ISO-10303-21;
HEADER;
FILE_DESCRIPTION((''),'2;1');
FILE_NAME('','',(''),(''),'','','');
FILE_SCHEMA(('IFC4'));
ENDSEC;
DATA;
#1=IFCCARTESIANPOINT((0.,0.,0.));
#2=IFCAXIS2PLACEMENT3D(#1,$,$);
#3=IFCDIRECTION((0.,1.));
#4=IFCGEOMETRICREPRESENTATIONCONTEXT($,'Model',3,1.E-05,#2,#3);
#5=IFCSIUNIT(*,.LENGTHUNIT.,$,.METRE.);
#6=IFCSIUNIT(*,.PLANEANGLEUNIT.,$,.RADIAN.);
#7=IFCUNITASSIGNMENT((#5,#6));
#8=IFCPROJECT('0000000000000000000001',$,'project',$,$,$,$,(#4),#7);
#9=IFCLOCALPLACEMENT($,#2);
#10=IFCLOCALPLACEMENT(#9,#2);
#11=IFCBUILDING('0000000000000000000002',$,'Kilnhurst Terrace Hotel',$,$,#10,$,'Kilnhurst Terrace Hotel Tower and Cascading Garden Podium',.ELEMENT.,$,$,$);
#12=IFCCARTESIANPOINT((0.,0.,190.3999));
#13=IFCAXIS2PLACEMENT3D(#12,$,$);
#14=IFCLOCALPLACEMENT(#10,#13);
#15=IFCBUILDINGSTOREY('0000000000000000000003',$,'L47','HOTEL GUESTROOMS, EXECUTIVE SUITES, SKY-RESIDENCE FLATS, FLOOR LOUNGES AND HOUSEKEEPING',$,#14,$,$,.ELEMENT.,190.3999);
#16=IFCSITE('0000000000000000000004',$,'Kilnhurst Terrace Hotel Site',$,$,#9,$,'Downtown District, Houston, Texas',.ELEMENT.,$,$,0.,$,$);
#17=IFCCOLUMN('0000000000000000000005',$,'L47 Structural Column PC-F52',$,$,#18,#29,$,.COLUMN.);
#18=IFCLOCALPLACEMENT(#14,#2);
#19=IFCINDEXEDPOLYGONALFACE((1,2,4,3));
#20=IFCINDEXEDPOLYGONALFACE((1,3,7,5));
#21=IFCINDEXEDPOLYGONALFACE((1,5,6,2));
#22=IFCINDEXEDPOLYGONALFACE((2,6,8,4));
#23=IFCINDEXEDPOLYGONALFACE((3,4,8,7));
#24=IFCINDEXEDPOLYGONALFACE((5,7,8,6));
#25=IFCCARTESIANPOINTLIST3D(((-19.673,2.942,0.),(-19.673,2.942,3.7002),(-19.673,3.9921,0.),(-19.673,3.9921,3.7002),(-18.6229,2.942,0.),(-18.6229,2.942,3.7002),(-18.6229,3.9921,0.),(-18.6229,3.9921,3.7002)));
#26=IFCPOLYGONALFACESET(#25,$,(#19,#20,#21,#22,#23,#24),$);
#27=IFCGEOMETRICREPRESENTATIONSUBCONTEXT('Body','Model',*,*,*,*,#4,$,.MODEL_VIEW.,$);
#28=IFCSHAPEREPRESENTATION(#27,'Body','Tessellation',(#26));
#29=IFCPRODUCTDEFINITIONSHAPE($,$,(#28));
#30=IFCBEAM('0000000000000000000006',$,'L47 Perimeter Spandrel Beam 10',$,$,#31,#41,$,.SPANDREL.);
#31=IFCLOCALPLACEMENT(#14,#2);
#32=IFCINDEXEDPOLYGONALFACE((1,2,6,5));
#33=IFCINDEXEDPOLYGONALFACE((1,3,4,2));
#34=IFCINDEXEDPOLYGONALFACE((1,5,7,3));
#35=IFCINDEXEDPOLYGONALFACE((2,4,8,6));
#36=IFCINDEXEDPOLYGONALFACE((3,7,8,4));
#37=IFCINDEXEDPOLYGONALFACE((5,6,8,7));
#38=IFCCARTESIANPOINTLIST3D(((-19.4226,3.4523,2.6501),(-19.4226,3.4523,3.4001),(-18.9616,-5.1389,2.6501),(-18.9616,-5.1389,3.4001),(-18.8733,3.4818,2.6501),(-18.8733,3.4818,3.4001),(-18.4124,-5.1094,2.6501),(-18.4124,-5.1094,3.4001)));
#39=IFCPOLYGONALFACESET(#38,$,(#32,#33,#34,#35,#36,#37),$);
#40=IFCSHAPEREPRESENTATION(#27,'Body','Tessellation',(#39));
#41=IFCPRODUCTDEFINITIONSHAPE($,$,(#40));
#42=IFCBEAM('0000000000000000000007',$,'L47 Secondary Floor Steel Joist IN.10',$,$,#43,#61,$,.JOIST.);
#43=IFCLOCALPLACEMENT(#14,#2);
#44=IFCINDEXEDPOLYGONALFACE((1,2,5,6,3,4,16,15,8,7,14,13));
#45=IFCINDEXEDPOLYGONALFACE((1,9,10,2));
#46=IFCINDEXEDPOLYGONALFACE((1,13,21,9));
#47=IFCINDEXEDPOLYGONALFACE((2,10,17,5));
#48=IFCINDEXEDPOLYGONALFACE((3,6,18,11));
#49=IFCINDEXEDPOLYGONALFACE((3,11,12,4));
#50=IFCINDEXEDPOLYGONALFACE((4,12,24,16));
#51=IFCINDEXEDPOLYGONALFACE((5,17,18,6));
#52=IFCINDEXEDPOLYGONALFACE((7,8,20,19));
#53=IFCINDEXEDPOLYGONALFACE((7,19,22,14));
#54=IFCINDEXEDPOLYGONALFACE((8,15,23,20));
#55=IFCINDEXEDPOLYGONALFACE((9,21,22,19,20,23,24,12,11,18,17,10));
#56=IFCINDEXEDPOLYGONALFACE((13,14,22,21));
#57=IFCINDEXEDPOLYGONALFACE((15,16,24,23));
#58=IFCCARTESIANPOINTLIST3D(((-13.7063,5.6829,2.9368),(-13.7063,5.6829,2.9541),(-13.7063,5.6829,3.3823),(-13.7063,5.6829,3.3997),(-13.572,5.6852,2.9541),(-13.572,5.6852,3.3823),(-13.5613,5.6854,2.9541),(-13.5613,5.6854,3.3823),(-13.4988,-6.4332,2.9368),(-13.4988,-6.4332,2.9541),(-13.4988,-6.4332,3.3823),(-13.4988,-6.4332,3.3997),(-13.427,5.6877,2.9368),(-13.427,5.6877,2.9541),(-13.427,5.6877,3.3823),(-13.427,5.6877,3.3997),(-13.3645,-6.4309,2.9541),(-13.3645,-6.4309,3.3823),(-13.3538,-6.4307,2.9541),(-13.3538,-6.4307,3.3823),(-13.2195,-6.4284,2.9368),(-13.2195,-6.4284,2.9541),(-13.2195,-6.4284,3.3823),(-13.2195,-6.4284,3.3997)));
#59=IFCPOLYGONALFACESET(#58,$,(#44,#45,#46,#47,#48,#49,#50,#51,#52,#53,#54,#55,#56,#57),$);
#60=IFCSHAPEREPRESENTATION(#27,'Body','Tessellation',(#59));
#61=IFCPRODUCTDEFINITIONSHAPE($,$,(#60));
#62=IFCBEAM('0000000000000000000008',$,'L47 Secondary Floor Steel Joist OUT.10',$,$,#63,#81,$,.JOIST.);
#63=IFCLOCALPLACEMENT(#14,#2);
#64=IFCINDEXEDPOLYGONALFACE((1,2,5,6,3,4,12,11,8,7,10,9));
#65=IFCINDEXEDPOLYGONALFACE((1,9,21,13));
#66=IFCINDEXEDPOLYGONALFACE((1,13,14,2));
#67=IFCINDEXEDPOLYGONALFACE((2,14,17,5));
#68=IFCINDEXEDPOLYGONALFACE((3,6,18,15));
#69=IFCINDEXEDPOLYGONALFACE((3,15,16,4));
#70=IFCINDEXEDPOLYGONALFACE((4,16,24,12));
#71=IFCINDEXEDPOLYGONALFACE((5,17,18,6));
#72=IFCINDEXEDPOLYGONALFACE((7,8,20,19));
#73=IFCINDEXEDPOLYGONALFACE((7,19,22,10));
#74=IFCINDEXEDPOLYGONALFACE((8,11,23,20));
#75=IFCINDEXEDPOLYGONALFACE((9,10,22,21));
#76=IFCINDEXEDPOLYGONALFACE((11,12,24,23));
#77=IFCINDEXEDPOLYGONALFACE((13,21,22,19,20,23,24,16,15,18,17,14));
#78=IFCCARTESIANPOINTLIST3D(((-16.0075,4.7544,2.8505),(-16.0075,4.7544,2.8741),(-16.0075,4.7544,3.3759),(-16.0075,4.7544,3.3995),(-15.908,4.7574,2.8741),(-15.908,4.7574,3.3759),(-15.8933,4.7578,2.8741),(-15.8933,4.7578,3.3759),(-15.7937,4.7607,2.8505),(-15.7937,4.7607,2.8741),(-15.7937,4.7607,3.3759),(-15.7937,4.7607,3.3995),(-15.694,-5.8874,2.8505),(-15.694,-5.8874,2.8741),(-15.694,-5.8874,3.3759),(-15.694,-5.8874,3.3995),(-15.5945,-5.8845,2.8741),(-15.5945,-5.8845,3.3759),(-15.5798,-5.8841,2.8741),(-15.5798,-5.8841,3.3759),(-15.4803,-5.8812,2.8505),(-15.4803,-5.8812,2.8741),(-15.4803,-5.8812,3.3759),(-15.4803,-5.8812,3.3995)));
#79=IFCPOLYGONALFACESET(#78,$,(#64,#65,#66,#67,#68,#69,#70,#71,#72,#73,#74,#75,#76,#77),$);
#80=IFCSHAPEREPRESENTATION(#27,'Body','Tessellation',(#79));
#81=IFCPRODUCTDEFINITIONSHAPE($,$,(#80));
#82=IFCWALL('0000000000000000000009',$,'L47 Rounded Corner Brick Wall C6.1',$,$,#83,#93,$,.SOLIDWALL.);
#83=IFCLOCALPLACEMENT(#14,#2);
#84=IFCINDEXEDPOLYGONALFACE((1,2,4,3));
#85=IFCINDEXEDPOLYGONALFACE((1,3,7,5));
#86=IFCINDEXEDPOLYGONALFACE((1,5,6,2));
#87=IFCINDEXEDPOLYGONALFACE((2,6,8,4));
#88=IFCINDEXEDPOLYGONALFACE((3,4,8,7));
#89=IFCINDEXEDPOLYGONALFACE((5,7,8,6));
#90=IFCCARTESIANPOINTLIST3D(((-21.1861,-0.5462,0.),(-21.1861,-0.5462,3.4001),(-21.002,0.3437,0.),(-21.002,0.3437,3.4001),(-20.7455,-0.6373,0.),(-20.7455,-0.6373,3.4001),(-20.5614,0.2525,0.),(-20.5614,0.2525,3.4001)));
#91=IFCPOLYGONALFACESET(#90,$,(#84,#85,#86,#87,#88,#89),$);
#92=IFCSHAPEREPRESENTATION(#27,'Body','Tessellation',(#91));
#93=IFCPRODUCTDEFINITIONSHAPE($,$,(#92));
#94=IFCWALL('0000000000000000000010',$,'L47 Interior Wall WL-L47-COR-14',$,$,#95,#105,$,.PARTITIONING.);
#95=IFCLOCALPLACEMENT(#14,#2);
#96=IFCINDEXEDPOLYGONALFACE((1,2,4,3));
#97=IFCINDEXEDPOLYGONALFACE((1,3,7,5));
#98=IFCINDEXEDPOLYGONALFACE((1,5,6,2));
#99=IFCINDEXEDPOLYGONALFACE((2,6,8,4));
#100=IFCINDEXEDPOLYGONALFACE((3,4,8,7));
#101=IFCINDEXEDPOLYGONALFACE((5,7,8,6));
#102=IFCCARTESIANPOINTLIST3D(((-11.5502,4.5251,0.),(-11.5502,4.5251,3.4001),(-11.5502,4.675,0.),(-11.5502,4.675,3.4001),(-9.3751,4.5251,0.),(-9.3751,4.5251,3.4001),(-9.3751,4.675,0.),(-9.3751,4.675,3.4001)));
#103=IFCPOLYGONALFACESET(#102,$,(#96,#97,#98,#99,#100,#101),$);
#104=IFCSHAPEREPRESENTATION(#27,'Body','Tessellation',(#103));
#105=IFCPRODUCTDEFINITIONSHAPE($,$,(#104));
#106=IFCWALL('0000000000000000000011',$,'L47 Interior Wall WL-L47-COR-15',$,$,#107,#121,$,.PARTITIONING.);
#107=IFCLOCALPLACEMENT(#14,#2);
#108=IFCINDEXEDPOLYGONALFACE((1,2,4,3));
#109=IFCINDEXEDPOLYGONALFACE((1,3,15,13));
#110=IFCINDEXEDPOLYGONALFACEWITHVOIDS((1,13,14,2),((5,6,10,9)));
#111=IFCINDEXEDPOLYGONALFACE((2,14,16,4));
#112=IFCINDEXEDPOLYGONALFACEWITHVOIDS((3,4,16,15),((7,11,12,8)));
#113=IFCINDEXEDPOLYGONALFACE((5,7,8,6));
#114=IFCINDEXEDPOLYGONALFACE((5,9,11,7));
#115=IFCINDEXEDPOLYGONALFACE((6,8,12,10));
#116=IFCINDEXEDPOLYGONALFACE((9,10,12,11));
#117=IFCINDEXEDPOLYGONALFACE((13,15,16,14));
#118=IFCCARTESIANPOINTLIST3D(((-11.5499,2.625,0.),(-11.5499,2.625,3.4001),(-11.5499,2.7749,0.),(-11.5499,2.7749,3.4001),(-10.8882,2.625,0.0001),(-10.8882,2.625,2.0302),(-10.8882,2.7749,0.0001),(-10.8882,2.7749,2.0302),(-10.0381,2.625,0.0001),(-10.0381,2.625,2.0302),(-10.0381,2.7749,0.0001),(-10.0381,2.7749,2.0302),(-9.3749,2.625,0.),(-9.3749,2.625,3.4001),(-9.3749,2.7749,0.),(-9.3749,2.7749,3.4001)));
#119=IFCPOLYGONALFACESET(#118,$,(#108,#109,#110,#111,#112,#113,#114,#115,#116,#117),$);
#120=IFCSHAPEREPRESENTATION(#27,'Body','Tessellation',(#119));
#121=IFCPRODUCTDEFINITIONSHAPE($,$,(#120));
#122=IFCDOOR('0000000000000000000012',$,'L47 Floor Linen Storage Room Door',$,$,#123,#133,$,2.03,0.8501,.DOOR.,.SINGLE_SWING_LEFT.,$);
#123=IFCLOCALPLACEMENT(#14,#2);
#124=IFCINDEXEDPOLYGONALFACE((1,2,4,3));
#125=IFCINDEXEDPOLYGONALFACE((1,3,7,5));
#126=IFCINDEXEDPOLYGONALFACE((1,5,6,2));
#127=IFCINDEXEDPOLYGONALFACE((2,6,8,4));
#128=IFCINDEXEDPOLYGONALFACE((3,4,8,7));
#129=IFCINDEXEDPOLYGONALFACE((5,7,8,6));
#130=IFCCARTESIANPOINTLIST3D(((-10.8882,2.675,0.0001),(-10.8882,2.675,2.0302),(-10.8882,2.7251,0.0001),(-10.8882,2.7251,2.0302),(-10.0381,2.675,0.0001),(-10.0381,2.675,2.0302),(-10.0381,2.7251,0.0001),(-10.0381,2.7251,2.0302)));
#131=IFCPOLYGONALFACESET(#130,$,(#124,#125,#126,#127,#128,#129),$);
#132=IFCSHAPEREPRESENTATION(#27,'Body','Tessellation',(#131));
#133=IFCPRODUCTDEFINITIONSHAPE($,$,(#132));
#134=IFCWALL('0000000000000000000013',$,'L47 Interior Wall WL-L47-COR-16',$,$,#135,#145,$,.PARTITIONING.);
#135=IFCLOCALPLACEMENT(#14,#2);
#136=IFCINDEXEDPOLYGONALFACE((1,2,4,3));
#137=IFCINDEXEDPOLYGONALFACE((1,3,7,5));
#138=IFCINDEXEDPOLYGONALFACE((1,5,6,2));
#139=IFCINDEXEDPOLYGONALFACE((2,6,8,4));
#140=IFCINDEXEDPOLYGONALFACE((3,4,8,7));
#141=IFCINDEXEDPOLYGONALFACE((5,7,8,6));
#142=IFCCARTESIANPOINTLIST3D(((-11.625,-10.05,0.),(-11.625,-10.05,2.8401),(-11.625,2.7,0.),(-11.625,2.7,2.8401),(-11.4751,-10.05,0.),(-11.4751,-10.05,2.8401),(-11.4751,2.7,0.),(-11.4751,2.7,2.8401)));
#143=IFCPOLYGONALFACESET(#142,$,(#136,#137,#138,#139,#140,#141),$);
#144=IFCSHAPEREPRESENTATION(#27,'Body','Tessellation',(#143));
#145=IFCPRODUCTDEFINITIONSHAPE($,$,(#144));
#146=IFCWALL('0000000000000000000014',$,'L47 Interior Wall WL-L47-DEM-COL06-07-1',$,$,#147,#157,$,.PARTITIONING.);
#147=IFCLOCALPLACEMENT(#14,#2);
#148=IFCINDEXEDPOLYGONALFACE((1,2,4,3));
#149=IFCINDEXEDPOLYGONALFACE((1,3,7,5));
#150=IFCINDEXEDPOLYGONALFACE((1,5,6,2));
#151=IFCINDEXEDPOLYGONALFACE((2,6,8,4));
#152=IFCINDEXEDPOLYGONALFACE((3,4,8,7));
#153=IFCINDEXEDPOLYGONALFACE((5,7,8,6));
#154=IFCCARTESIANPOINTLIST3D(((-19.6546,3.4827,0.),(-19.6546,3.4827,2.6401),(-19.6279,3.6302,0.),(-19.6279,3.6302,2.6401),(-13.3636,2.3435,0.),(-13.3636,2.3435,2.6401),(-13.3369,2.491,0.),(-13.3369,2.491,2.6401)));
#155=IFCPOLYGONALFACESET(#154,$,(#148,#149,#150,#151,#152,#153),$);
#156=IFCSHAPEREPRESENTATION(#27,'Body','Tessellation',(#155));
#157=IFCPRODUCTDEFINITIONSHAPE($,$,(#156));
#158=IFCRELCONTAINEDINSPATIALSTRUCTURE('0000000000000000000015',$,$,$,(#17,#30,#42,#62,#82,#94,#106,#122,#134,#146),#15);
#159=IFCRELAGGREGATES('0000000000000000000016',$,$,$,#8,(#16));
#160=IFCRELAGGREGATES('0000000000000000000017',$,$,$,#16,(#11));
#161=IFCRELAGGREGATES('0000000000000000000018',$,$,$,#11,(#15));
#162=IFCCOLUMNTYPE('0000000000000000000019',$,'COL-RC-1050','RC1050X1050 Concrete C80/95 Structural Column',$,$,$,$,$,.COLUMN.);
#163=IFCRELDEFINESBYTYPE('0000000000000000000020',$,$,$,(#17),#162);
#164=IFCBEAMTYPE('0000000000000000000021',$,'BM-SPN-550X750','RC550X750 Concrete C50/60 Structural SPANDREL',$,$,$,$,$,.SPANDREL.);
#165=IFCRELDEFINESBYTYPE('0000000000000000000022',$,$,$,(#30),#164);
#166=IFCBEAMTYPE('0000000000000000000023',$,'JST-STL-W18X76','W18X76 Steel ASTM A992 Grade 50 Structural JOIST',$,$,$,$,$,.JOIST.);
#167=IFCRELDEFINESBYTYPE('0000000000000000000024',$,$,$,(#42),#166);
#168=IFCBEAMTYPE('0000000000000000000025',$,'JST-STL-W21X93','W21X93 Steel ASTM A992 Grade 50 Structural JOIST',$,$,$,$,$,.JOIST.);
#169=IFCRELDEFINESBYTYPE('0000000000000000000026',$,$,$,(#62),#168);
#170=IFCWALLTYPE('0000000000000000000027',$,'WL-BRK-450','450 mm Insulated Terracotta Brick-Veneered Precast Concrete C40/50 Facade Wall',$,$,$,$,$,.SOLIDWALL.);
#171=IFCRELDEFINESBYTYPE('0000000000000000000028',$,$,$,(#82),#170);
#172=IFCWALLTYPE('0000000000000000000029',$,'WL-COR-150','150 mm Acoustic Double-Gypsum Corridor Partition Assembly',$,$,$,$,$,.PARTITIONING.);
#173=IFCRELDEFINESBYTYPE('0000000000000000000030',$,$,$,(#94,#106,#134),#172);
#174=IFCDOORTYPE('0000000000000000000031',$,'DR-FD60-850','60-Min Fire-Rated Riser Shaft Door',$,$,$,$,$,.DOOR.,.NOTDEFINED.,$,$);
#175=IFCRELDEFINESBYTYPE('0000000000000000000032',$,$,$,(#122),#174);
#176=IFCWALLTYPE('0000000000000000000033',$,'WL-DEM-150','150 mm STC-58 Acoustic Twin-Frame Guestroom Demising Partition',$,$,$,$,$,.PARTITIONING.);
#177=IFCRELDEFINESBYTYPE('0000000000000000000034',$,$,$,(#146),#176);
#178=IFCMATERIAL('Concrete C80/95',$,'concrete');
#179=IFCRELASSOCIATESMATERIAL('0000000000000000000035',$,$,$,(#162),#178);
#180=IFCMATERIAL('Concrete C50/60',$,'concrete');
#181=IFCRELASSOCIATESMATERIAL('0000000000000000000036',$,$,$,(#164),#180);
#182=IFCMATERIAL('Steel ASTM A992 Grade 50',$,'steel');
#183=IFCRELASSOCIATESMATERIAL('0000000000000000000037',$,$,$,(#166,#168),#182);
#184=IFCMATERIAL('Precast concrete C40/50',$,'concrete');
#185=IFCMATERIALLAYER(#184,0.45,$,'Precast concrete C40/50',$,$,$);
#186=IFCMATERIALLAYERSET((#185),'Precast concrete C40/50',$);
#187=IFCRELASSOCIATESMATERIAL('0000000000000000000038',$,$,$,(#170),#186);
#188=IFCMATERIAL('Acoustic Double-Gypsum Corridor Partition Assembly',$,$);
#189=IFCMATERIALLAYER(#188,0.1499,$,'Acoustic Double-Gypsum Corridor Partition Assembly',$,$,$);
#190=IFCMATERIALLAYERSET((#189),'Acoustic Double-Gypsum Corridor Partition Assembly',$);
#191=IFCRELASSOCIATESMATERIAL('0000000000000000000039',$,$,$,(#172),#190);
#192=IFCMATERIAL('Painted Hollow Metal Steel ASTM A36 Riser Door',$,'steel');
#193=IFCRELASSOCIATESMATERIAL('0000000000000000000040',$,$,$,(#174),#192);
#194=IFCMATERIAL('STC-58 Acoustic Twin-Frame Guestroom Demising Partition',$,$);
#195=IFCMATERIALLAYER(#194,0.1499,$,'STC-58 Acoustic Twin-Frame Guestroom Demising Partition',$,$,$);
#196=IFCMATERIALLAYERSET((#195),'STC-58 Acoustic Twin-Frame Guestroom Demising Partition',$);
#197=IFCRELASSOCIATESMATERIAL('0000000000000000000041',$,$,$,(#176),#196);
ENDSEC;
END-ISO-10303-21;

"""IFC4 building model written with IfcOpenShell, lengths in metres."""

from ifc_helpers import new_model, si_unit, direction, frame, frame_2d, origin, origin_2d, place, context, subcontext, project, spatial, rectangle, i_section, extrude, material, layer, layer_set, material_profile, profile_set, type_object, element, fill, save


model = new_model("IFC4")

# Units and contexts
model_context = context("Model", 3, precision=1e-05, world=origin(), true_north=direction((0.0, 1.0)))
body_context = subcontext(model_context, "Body", "Model", "MODEL_VIEW")
ifc_project = project(units=[si_unit("LENGTHUNIT", "METRE"), si_unit("PLANEANGLEUNIT", "RADIAN")], contexts=[model_context])

# Site, building, storey
site_placement = place(None, origin())
site = spatial("IfcSite", under=ifc_project, at=site_placement, Name="Kilnhurst Terrace Hotel Site", LongName="Downtown District, Houston, Texas", CompositionType="ELEMENT", RefElevation=0.0)
building_placement = place(site_placement, origin())
building = spatial("IfcBuilding", under=site, at=building_placement, Name="Kilnhurst Terrace Hotel", LongName="Kilnhurst Terrace Hotel Tower and Cascading Garden Podium", CompositionType="ELEMENT")
storey_placement = place(building_placement, frame((0.0, 0.0, 190.3999)))
storey = spatial("IfcBuildingStorey", under=building, at=storey_placement, Name="L47", Description="HOTEL GUESTROOMS, EXECUTIVE SUITES, SKY-RESIDENCE FLATS, FLOOR LOUNGES AND HOUSEKEEPING", CompositionType="ELEMENT", Elevation=190.3999)

# Column
ifc_material_1 = material(Name="Concrete C80/95", Category="concrete")
ifc_material_profile_1 = material_profile(ifc_material_1, rectangle(XDim=1.05, YDim=1.05, at=origin_2d()), Name="RC1050X1050")
ifc_profile_set_1 = profile_set([ifc_material_profile_1], Name="Concrete C80/95")
column_type = type_object("IfcColumnType", Name="COL-RC-1050", Description="RC1050X1050 Concrete C80/95 Structural Column", PredefinedType="COLUMN", material=ifc_profile_set_1)
column_placement = place(storey_placement, frame((-19.1479, 3.467, 0.0), z_axis=(0.0, 0.0, 1.0), x_axis=(1.0, 0.0, 0.0)))
element("IfcColumn", 1, at=column_placement, inside=storey, type_object=column_type, Name="L47 Structural Column PC-F52", PredefinedType="COLUMN", context=body_context, shape_type="SweptSolid", body=[
    extrude(rectangle(XDim=1.05, YDim=1.05, at=origin_2d()), origin(), (0.0, 0.0, 1.0), 3.7002),
])

# Beams
ifc_material_2 = material(Name="Concrete C50/60", Category="concrete")
ifc_material_profile_2 = material_profile(ifc_material_2, rectangle(XDim=0.55, YDim=0.75, at=origin_2d()), Name="RC550X750")
ifc_profile_set_2 = profile_set([ifc_material_profile_2], Name="Concrete C50/60")
beam_type_1 = type_object("IfcBeamType", Name="BM-SPN-550X750", Description="RC550X750 Concrete C50/60 Structural SPANDREL", PredefinedType="SPANDREL", material=ifc_profile_set_2)
beam_1_placement = place(storey_placement, frame((-19.1479, 3.467, 3.0251), z_axis=(0.053576, -0.998564, 0.0), x_axis=(0.998564, 0.053576, 0.0)))
element("IfcBeam", 2, at=beam_1_placement, inside=storey, type_object=beam_type_1, Name="L47 Perimeter Spandrel Beam 10", PredefinedType="SPANDREL", context=body_context, shape_type="SweptSolid", body=[
    extrude(rectangle(XDim=0.55, YDim=0.75, at=origin_2d()), origin(), (0.0, 0.0, 1.0), 8.6035),
])
ifc_material_3 = material(Name="Steel ASTM A992 Grade 50", Category="steel")
ifc_material_profile_3 = material_profile(ifc_material_3, i_section(OverallWidth=0.2793, OverallDepth=0.4629, WebThickness=0.0107, FlangeThickness=0.0173, at=origin_2d()), Name="W18X76")
ifc_profile_set_3 = profile_set([ifc_material_profile_3], Name="Steel ASTM A992 Grade 50")
beam_type_2 = type_object("IfcBeamType", Name="JST-STL-W18X76", Description="W18X76 Steel ASTM A992 Grade 50 Structural JOIST", PredefinedType="JOIST", material=ifc_profile_set_3)
beam_2_placement = place(storey_placement, frame((-13.5667, 5.6853, 3.1682), z_axis=(0.017125, -0.999853, 0.0), x_axis=(0.999853, 0.017125, 0.0)))
element("IfcBeam", 3, at=beam_2_placement, inside=storey, type_object=beam_type_2, Name="L47 Secondary Floor Steel Joist IN.10", PredefinedType="JOIST", context=body_context, shape_type="SweptSolid", body=[
    extrude(i_section(OverallWidth=0.2793, OverallDepth=0.4629, WebThickness=0.0107, FlangeThickness=0.0173, at=origin_2d()), origin(), (0.0, 0.0, 1.0), 12.1179),
])
ifc_material_profile_4 = material_profile(ifc_material_3, i_section(OverallWidth=0.2139, OverallDepth=0.5491, WebThickness=0.0146, FlangeThickness=0.0237, at=origin_2d()), Name="W21X93")
ifc_profile_set_4 = profile_set([ifc_material_profile_4], Name="Steel ASTM A992 Grade 50")
beam_type_3 = type_object("IfcBeamType", Name="JST-STL-W21X93", Description="W21X93 Steel ASTM A992 Grade 50 Structural JOIST", PredefinedType="JOIST", material=ifc_profile_set_4)
beam_3_placement = place(storey_placement, frame((-15.9006, 4.7576, 3.125), z_axis=(0.029444, -0.999566, 0.0), x_axis=(0.999566, 0.029444, 0.0)))
element("IfcBeam", 4, at=beam_3_placement, inside=storey, type_object=beam_type_3, Name="L47 Secondary Floor Steel Joist OUT.10", PredefinedType="JOIST", context=body_context, shape_type="SweptSolid", body=[
    extrude(i_section(OverallWidth=0.2139, OverallDepth=0.5491, WebThickness=0.0146, FlangeThickness=0.0237, at=origin_2d()), origin(), (0.0, 0.0, 1.0), 10.6465),
])

# Walls
ifc_material_4 = material(Name="Precast concrete C40/50", Category="concrete")
ifc_layer_1 = layer(ifc_material_4, 0.45, Name="Precast concrete C40/50")
ifc_layer_set_1 = layer_set([ifc_layer_1], Name="Precast concrete C40/50")
wall_type_1 = type_object("IfcWallType", Name="WL-BRK-450", Description="450 mm Insulated Terracotta Brick-Veneered Precast Concrete C40/50 Facade Wall", PredefinedType="SOLIDWALL", material=ifc_layer_set_1)
wall_1_placement = place(storey_placement, frame((-20.7817, 0.2981, 0.0), z_axis=(0.0, 0.0, 1.0), x_axis=(-0.20257, -0.979268, 0.0)))
element("IfcWall", 5, at=wall_1_placement, inside=storey, type_object=wall_type_1, Name="L47 Rounded Corner Brick Wall C6.1", PredefinedType="SOLIDWALL", context=body_context, shape_type="SweptSolid", body=[
    extrude(rectangle(XDim=0.9087, YDim=0.45, at=frame_2d((0.4543, 0.0))), origin(), (0.0, 0.0, 1.0), 3.4001),
])
ifc_material_5 = material(Name="Acoustic Double-Gypsum Corridor Partition Assembly")
ifc_layer_2 = layer(ifc_material_5, 0.1499, Name="Acoustic Double-Gypsum Corridor Partition Assembly")
ifc_layer_set_2 = layer_set([ifc_layer_2], Name="Acoustic Double-Gypsum Corridor Partition Assembly")
wall_type_2 = type_object("IfcWallType", Name="WL-COR-150", Description="150 mm Acoustic Double-Gypsum Corridor Partition Assembly", PredefinedType="PARTITIONING", material=ifc_layer_set_2)
wall_2_placement = place(storey_placement, frame((-11.55, 4.6001, 0.0), z_axis=(0.0, 0.0, 1.0), x_axis=(1.0, 0.0, 0.0)))
element("IfcWall", 6, at=wall_2_placement, inside=storey, type_object=wall_type_2, Name="L47 Interior Wall WL-L47-COR-14", PredefinedType="PARTITIONING", context=body_context, shape_type="SweptSolid", body=[
    extrude(rectangle(XDim=2.175, YDim=0.1499, at=frame_2d((1.0874, 0.0))), origin(), (0.0, 0.0, 1.0), 3.4001),
])

# Wall, opening, door
wall_3_placement = place(storey_placement, frame((-9.375, 2.7, 0.0), z_axis=(0.0, 0.0, 1.0), x_axis=(-1.0, 0.0, 0.0)))
wall_3 = element("IfcWall", 7, at=wall_3_placement, inside=storey, type_object=wall_type_2, Name="L47 Interior Wall WL-L47-COR-15", PredefinedType="PARTITIONING", context=body_context, shape_type="SweptSolid", body=[
    extrude(rectangle(XDim=2.175, YDim=0.1499, at=frame_2d((1.0874, 0.0))), origin(), (0.0, 0.0, 1.0), 3.4001),
])
opening_1_placement = place(wall_3_placement, frame((0.6631, 0.0, 0.0)))
opening_1 = element("IfcOpeningElement", 8, at=opening_1_placement, cuts=wall_3, PredefinedType="OPENING", context=body_context, shape_type="SweptSolid", body=[
    extrude(rectangle(XDim=0.8501, YDim=2.03, at=frame_2d((0.425, 1.0151))), frame((0.0, 0.085, 0.0), z_axis=(0.0, -1.0, 0.0), x_axis=(1.0, 0.0, 0.0)), (0.0, 0.0, 1.0), 0.1699),
])
ifc_material_6 = material(Name="Painted Hollow Metal Steel ASTM A36 Riser Door", Category="steel")
door_type_1 = type_object("IfcDoorType", Name="DR-FD60-850", Description="60-Min Fire-Rated Riser Shaft Door", OperationType="NOTDEFINED", PredefinedType="DOOR", material=ifc_material_6)
door_1_placement = place(opening_1_placement, origin())
door_1 = element("IfcDoor", 9, at=door_1_placement, inside=storey, type_object=door_type_1, Name="L47 Floor Linen Storage Room Door", OperationType="SINGLE_SWING_LEFT", OverallHeight=2.03, OverallWidth=0.8501, PredefinedType="DOOR", context=body_context, shape_type="SweptSolid", body=[
    extrude(rectangle(XDim=0.8501, YDim=2.03, at=frame_2d((0.425, 1.0151))), frame((0.0, 0.0249, 0.0), z_axis=(0.0, -1.0, 0.0), x_axis=(1.0, 0.0, 0.0)), (0.0, 0.0, 1.0), 0.05),
])
fill(opening_1, door_1)

# Walls
wall_4_placement = place(storey_placement, frame((-11.55, 2.7, 0.0), z_axis=(0.0, 0.0, 1.0), x_axis=(0.0, -1.0, 0.0)))
element("IfcWall", 10, at=wall_4_placement, inside=storey, type_object=wall_type_2, Name="L47 Interior Wall WL-L47-COR-16", PredefinedType="PARTITIONING", context=body_context, shape_type="SweptSolid", body=[
    extrude(rectangle(XDim=12.75, YDim=0.1499, at=frame_2d((6.375, 0.0))), origin(), (0.0, 0.0, 1.0), 2.8401),
])
ifc_material_7 = material(Name="STC-58 Acoustic Twin-Frame Guestroom Demising Partition")
ifc_layer_3 = layer(ifc_material_7, 0.1499, Name="STC-58 Acoustic Twin-Frame Guestroom Demising Partition")
ifc_layer_set_3 = layer_set([ifc_layer_3], Name="STC-58 Acoustic Twin-Frame Guestroom Demising Partition")
wall_type_3 = type_object("IfcWallType", Name="WL-DEM-150", Description="150 mm STC-58 Acoustic Twin-Frame Guestroom Demising Partition", PredefinedType="PARTITIONING", material=ifc_layer_set_3)
wall_5_placement = place(storey_placement, frame((-13.3501, 2.4172, 0.0), z_axis=(0.0, 0.0, 1.0), x_axis=(-0.983998, 0.17818, 0.0)))
element("IfcWall", 11, at=wall_5_placement, inside=storey, type_object=wall_type_3, Name="L47 Interior Wall WL-L47-DEM-COL06-07-1", PredefinedType="PARTITIONING", context=body_context, shape_type="SweptSolid", body=[
    extrude(rectangle(XDim=6.3933, YDim=0.1499, at=frame_2d((3.1968, 0.0))), origin(), (0.0, 0.0, 1.0), 2.6401),
])

save(model, "model.ifc")
